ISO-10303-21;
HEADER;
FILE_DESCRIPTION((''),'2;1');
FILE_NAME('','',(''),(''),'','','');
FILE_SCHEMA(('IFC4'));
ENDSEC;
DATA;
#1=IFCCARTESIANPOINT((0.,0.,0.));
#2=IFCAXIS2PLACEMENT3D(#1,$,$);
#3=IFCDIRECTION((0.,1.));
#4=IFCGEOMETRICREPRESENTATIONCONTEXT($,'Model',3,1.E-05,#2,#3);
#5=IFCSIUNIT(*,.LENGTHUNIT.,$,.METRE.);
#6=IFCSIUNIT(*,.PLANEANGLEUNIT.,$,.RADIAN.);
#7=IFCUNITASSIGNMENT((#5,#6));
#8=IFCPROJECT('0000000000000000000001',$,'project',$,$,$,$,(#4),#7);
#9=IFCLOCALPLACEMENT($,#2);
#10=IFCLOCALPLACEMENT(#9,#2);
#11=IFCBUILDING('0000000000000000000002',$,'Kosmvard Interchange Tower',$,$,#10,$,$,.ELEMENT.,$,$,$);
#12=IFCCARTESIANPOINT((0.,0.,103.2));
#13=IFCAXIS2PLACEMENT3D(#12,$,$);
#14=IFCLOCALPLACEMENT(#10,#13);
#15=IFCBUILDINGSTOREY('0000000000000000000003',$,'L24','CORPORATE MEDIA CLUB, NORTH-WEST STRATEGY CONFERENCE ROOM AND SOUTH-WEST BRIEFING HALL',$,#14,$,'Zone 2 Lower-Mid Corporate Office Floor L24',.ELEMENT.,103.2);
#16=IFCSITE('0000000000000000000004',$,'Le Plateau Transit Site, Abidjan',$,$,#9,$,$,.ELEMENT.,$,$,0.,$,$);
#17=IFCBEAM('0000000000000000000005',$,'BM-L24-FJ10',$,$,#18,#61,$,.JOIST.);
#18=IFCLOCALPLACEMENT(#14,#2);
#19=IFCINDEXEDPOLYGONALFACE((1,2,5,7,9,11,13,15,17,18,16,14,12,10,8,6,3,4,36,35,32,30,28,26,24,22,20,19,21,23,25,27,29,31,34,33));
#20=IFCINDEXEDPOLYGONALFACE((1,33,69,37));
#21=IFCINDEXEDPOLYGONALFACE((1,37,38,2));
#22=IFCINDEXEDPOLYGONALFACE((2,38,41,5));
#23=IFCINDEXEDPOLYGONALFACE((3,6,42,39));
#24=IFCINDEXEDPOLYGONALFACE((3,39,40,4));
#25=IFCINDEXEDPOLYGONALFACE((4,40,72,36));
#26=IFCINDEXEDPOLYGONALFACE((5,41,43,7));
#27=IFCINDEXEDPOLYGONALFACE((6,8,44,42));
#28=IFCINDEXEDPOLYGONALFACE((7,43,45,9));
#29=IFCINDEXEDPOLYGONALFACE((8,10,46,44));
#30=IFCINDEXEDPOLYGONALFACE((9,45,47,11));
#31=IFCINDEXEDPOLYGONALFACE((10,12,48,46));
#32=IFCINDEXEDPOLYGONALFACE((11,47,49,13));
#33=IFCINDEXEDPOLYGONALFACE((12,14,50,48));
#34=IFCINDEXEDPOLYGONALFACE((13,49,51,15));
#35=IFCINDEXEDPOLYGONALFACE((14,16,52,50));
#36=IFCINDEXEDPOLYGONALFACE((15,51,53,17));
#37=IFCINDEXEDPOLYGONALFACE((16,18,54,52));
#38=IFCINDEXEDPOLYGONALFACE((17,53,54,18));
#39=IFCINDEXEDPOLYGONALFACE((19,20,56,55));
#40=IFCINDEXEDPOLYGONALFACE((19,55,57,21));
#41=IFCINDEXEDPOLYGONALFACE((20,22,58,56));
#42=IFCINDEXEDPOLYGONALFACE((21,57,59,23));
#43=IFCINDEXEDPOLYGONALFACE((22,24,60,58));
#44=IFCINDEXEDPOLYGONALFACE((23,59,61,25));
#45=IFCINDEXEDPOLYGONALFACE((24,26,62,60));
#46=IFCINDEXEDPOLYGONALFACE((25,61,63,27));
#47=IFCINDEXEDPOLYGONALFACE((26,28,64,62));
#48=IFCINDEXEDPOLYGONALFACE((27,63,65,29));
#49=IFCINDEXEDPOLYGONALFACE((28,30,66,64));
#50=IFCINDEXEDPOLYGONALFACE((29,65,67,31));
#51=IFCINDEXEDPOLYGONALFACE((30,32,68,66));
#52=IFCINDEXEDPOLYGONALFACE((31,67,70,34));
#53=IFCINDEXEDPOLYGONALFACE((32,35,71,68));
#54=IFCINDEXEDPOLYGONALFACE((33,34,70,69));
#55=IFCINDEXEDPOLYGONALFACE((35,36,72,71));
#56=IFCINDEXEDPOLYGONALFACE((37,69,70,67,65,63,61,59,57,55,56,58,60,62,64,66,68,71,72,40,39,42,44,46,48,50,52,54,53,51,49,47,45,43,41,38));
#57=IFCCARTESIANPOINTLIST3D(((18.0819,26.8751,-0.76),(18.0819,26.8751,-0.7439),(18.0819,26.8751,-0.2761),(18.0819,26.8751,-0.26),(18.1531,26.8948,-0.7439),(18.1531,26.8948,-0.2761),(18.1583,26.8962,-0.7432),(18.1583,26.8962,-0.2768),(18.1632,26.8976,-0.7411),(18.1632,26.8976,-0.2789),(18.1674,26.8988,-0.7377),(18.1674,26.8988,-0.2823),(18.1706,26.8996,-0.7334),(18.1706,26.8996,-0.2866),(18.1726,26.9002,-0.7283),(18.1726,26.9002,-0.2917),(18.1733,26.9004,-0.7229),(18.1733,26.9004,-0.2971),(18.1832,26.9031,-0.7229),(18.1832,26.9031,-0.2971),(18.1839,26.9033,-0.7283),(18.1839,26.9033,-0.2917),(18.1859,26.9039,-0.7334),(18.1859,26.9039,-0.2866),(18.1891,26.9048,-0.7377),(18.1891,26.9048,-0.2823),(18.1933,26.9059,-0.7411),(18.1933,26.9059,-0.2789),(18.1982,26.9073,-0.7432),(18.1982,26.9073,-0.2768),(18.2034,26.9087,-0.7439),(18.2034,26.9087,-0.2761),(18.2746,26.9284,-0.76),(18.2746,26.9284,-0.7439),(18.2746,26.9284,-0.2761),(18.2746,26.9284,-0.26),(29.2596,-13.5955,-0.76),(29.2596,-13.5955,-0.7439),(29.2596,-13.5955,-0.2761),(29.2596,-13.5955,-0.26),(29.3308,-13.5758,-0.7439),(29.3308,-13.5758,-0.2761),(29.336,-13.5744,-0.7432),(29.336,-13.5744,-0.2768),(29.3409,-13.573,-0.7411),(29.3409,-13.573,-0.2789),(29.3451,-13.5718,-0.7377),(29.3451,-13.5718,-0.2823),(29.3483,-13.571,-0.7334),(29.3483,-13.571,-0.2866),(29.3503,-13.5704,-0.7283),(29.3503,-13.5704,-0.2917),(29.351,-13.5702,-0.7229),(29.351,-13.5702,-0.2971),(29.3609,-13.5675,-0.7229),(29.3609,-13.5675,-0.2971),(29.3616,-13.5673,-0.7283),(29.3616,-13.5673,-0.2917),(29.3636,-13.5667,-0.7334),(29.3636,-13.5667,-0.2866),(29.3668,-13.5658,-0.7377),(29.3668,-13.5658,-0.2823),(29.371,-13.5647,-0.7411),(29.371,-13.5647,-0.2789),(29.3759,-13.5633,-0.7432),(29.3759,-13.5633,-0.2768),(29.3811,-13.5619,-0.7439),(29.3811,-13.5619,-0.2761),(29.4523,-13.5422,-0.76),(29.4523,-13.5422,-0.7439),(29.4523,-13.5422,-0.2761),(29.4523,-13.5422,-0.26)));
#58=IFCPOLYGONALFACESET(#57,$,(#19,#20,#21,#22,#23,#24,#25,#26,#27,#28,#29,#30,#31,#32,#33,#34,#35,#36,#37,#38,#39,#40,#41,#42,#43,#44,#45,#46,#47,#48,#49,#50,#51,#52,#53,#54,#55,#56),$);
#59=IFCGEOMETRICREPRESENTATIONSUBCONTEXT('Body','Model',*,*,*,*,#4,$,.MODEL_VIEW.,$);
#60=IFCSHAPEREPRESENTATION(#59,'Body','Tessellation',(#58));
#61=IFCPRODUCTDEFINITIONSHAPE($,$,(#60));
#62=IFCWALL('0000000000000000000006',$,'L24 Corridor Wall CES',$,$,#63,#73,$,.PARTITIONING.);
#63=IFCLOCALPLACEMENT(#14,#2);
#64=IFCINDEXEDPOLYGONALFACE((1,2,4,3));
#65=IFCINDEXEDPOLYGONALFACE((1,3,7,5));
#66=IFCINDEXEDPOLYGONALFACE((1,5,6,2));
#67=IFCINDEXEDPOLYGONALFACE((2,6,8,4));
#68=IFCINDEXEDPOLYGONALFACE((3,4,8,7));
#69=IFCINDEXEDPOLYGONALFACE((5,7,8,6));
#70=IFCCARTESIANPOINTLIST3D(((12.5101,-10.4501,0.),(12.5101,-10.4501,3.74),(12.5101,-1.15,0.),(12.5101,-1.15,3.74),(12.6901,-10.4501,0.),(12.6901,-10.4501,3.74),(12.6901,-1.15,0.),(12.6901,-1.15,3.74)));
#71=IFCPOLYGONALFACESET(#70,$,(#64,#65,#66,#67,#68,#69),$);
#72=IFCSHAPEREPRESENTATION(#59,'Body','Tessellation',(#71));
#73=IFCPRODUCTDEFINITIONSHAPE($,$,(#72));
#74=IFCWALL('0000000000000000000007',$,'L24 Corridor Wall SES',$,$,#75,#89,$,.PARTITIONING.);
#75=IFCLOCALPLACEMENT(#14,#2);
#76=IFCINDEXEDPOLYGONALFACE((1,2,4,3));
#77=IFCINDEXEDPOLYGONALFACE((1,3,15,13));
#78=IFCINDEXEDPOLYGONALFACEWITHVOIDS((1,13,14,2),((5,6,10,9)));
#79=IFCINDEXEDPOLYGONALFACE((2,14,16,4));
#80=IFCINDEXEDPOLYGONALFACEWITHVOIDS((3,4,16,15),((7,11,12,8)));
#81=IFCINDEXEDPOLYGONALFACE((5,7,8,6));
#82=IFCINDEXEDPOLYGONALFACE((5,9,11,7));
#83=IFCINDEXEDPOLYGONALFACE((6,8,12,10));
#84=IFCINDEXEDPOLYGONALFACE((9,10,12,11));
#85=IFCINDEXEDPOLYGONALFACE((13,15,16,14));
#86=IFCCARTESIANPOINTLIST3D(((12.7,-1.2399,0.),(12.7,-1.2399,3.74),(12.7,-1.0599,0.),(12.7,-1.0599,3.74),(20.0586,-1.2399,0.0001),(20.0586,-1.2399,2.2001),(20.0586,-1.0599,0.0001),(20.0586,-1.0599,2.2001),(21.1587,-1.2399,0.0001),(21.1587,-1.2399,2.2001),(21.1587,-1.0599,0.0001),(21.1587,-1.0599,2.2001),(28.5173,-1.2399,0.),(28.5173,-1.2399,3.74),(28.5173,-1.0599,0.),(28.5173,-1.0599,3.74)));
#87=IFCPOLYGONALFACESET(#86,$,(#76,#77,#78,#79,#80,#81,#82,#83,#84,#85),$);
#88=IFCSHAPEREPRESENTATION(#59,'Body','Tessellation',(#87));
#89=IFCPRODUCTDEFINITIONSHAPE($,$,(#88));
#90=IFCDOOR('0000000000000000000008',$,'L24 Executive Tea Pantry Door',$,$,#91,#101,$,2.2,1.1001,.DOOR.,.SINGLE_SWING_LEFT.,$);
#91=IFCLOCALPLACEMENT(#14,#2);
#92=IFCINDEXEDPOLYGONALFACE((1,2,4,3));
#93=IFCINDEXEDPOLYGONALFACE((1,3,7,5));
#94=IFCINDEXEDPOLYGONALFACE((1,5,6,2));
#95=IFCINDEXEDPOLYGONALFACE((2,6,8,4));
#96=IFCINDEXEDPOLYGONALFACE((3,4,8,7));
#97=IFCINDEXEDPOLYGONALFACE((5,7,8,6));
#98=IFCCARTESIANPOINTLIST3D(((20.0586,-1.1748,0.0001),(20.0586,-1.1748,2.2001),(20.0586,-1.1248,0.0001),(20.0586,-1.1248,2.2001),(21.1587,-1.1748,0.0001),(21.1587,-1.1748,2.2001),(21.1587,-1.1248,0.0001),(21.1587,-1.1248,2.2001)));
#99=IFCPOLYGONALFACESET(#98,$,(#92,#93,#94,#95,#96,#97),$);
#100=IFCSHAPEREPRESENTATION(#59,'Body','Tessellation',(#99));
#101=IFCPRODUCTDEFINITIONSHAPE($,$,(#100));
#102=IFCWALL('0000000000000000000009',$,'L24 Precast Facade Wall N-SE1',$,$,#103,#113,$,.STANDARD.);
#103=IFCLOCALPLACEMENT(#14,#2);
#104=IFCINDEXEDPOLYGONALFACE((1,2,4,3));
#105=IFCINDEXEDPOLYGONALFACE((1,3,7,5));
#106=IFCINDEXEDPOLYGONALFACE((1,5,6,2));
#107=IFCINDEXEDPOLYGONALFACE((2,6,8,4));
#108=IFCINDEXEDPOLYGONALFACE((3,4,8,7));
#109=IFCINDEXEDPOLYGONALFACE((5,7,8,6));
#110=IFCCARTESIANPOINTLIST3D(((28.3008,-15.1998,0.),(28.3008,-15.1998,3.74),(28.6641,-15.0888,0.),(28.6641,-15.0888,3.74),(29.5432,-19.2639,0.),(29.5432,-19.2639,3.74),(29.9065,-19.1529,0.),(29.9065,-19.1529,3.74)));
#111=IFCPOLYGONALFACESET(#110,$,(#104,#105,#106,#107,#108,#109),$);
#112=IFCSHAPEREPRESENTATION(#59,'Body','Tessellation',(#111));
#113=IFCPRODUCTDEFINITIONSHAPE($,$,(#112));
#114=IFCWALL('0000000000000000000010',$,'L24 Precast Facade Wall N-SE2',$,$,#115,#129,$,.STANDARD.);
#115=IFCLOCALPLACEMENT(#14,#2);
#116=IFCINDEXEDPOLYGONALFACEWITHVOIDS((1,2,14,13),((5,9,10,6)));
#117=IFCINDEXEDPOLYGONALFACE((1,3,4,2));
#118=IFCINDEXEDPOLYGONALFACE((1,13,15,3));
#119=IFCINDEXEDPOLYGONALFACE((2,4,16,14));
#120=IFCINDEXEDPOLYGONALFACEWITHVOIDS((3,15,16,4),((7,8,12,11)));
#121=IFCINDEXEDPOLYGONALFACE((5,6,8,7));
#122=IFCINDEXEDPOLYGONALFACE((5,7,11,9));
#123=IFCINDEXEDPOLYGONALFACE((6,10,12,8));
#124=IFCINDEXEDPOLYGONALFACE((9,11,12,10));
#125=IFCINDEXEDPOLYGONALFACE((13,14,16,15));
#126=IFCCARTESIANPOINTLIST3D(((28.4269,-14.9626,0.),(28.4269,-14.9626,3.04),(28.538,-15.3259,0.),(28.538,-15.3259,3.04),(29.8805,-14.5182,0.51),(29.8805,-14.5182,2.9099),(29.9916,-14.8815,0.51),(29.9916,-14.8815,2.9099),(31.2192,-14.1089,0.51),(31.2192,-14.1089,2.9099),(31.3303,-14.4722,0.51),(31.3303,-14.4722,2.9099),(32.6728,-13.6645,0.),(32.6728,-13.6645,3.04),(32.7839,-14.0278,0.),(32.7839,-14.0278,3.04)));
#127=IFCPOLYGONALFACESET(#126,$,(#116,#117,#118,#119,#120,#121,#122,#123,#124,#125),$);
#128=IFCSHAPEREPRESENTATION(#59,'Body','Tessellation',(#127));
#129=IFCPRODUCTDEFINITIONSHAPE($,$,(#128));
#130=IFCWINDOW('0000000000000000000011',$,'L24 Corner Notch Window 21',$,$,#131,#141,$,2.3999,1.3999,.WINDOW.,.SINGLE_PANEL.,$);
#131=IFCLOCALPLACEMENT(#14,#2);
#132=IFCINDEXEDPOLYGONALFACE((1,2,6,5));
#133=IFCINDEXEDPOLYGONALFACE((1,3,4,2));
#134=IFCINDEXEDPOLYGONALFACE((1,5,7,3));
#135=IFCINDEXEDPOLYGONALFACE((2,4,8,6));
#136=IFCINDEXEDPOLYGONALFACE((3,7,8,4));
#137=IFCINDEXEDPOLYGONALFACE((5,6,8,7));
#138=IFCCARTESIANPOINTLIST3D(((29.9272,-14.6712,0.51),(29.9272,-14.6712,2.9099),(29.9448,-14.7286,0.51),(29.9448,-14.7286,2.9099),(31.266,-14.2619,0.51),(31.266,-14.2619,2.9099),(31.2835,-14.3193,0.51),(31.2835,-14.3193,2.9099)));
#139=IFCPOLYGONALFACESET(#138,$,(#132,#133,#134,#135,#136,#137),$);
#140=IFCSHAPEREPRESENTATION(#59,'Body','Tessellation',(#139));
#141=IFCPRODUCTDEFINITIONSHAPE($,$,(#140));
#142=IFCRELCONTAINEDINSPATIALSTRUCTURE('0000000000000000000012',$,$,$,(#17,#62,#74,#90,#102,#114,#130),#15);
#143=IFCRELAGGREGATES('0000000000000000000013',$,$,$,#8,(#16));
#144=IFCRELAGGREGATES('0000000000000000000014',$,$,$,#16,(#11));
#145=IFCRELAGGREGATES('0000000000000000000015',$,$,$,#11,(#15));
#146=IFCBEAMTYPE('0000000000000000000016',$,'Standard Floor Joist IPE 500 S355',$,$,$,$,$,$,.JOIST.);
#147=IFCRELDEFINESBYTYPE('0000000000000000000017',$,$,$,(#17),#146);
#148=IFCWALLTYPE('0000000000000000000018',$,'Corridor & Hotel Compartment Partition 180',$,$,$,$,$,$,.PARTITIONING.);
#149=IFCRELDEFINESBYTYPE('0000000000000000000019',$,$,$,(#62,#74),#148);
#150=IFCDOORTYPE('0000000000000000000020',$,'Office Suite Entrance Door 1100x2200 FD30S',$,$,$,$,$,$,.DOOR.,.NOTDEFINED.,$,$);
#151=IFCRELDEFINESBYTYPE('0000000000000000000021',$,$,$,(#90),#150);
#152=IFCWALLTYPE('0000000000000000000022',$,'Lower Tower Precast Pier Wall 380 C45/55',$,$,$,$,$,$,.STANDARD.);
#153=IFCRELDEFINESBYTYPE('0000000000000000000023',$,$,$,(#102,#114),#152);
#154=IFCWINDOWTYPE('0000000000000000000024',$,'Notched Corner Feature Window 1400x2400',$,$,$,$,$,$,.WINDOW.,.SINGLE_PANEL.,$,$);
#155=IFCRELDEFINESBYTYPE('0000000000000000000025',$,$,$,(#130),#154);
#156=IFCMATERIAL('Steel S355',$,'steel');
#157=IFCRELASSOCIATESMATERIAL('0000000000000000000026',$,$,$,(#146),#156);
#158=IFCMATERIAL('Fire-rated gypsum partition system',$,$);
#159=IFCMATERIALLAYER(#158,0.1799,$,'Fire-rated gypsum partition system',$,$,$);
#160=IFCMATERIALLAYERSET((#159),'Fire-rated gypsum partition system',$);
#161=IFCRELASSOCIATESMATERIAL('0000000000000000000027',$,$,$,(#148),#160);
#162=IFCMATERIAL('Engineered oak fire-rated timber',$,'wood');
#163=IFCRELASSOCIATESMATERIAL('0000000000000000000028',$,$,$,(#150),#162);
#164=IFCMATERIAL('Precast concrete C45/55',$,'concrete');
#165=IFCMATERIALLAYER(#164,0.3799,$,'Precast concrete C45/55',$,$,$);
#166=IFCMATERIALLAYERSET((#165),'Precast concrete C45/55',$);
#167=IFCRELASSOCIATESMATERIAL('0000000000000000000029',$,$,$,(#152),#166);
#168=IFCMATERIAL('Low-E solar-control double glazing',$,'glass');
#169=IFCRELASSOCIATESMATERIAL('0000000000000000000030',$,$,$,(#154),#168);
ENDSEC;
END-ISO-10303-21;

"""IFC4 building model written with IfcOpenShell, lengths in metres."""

from ifc_helpers import new_model, si_unit, direction, frame, frame_2d, origin, origin_2d, place, context, subcontext, project, spatial, rectangle, i_section, extrude, source, transform, mapped, material, layer, layer_set, material_profile, profile_set, type_object, element, fill, save


model = new_model("IFC4")

# Units and contexts
model_context = context("Model", 3, precision=1e-05, world=origin(), true_north=direction((0.0, 1.0)))
body_context = subcontext(model_context, "Body", "Model", "MODEL_VIEW")
ifc_project = project(units=[si_unit("LENGTHUNIT", "METRE"), si_unit("PLANEANGLEUNIT", "RADIAN")], contexts=[model_context])

# Site, building, storey
site_placement = place(None, origin())
site = spatial("IfcSite", under=ifc_project, at=site_placement, Name="Le Plateau Transit Site, Abidjan", CompositionType="ELEMENT", RefElevation=0.0)
building_placement = place(site_placement, origin())
building = spatial("IfcBuilding", under=site, at=building_placement, Name="Kosmvard Interchange Tower", CompositionType="ELEMENT")
storey_placement = place(building_placement, frame((0.0, 0.0, 103.2)))
storey = spatial("IfcBuildingStorey", under=building, at=storey_placement, Name="L24", Description="CORPORATE MEDIA CLUB, NORTH-WEST STRATEGY CONFERENCE ROOM AND SOUTH-WEST BRIEFING HALL", LongName="Zone 2 Lower-Mid Corporate Office Floor L24", CompositionType="ELEMENT", Elevation=103.2)

# Beam
ifc_material_1 = material(Name="Steel S355", Category="steel")
ifc_material_2 = material(Name="Precast concrete C45/55", Category="concrete")
ifc_material_profile_1 = material_profile(ifc_material_1, i_section(OverallWidth=0.2, OverallDepth=0.5, WebThickness=0.0103, FlangeThickness=0.0161, FilletRadius=0.021, at=origin_2d()), Name="IPE 500")
ifc_profile_set_1 = profile_set([ifc_material_profile_1], Name="Steel S355")
beam_type_1 = type_object("IfcBeamType", Name="Standard Floor Joist IPE 500 S355", PredefinedType="JOIST", material=ifc_profile_set_1)
shared_shape_1 = source(origin(), body_context, "Body", "SweptSolid", [
    extrude(i_section(OverallWidth=0.2, OverallDepth=0.5, WebThickness=0.0103, FlangeThickness=0.0161, FilletRadius=0.021, at=origin_2d()), origin(), (0.0, 0.0, 1.0), 41.9858),
])
beam_1_placement = place(storey_placement, frame((29.356, -13.5688, -0.51), z_axis=(-0.266226, 0.963911, 0.0), x_axis=(-0.963911, -0.266226, 0.0)))
element("IfcBeam", 1, at=beam_1_placement, inside=storey, type_object=beam_type_1, Name="BM-L24-FJ10", PredefinedType="JOIST", context=body_context, shape_type="MappedRepresentation", body=[
    mapped(shared_shape_1, transform((0.0, 0.0, 0.0), scale=1.0)),
])

# Wall
ifc_material_3 = material(Name="Fire-rated gypsum partition system")
ifc_layer_1 = layer(ifc_material_3, 0.1799, Name="Fire-rated gypsum partition system")
ifc_layer_set_1 = layer_set([ifc_layer_1], Name="Fire-rated gypsum partition system")
wall_type_1 = type_object("IfcWallType", Name="Corridor & Hotel Compartment Partition 180", PredefinedType="PARTITIONING", material=ifc_layer_set_1)
wall_1_placement = place(storey_placement, frame((12.6001, -10.45, 0.0), z_axis=(0.0, 0.0, 1.0), x_axis=(0.0, 1.0, 0.0)))
element("IfcWall", 2, at=wall_1_placement, inside=storey, type_object=wall_type_1, Name="L24 Corridor Wall CES", PredefinedType="PARTITIONING", context=body_context, shape_type="SweptSolid", body=[
    extrude(rectangle(XDim=9.3, YDim=0.1799, at=frame_2d((4.6499, 0.0))), origin(), (0.0, 0.0, 1.0), 3.74),
])

# Wall, opening, door
wall_2_placement = place(storey_placement, frame((12.7, -1.1499, 0.0), z_axis=(0.0, 0.0, 1.0), x_axis=(1.0, 0.0, 0.0)))
wall_2 = element("IfcWall", 3, at=wall_2_placement, inside=storey, type_object=wall_type_1, Name="L24 Corridor Wall SES", PredefinedType="PARTITIONING", context=body_context, shape_type="SweptSolid", body=[
    extrude(rectangle(XDim=15.8174, YDim=0.1799, at=frame_2d((7.9087, 0.0))), origin(), (0.0, 0.0, 1.0), 3.74),
])
opening_1_placement = place(wall_2_placement, frame((7.3586, 0.0, 0.0)))
opening_1 = element("IfcOpeningElement", 4, at=opening_1_placement, cuts=wall_2, PredefinedType="OPENING", context=body_context, shape_type="SweptSolid", body=[
    extrude(rectangle(XDim=1.1001, YDim=2.2, at=frame_2d((0.55, 1.1001))), frame((0.0, 0.1001, 0.0), z_axis=(0.0, -1.0, 0.0), x_axis=(1.0, 0.0, 0.0)), (0.0, 0.0, 1.0), 0.2),
])
ifc_material_4 = material(Name="Engineered oak fire-rated timber", Category="wood")
door_type = type_object("IfcDoorType", Name="Office Suite Entrance Door 1100x2200 FD30S", OperationType="NOTDEFINED", PredefinedType="DOOR", material=ifc_material_4)
shared_shape_2 = source(origin(), body_context, "Body", "SweptSolid", [
    extrude(rectangle(XDim=1.1001, YDim=2.2, at=frame_2d((0.55, 1.1001))), frame((0.0, 0.0249, 0.0), z_axis=(0.0, -1.0, 0.0), x_axis=(1.0, 0.0, 0.0)), (0.0, 0.0, 1.0), 0.05),
])
door_placement = place(opening_1_placement, frame((1.1001, 0.0, 0.0), z_axis=(0.0, 0.0, 1.0), x_axis=(-1.0, 0.0, 0.0)))
door = element("IfcDoor", 5, at=door_placement, inside=storey, type_object=door_type, Name="L24 Executive Tea Pantry Door", OperationType="SINGLE_SWING_LEFT", OverallHeight=2.2, OverallWidth=1.1001, PredefinedType="DOOR", context=body_context, shape_type="MappedRepresentation", body=[
    mapped(shared_shape_2, transform((0.0, 0.0, 0.0), scale=1.0)),
])
fill(opening_1, door)

# Wall
ifc_layer_2 = layer(ifc_material_2, 0.3799, Name="Precast concrete C45/55")
ifc_layer_set_2 = layer_set([ifc_layer_2], Name="Precast concrete C45/55")
wall_type_2 = type_object("IfcWallType", Name="Lower Tower Precast Pier Wall 380 C45/55", PredefinedType="STANDARD", material=ifc_layer_set_2)
wall_3_placement = place(storey_placement, frame((29.7249, -19.2085, 0.0), z_axis=(0.0, 0.0, 1.0), x_axis=(-0.292346, 0.956313, 0.0)))
element("IfcWall", 6, at=wall_3_placement, inside=storey, type_object=wall_type_2, Name="L24 Precast Facade Wall N-SE1", PredefinedType="STANDARD", context=body_context, shape_type="SweptSolid", body=[
    extrude(rectangle(XDim=4.2498, YDim=0.3799, at=frame_2d((2.125, 0.0))), origin(), (0.0, 0.0, 1.0), 3.74),
])

# Wall, opening, window
wall_4_placement = place(storey_placement, frame((28.4824, -15.1443, 0.0), z_axis=(0.0, 0.0, 1.0), x_axis=(0.956304, 0.292374, 0.0)))
wall_4 = element("IfcWall", 7, at=wall_4_placement, inside=storey, type_object=wall_type_2, Name="L24 Precast Facade Wall N-SE2", PredefinedType="STANDARD", context=body_context, shape_type="SweptSolid", body=[
    extrude(rectangle(XDim=4.4399, YDim=0.3799, at=frame_2d((2.22, 0.0))), origin(), (0.0, 0.0, 1.0), 3.04),
])
opening_2_placement = place(wall_4_placement, frame((1.52, 0.0, 0.51)))
opening_2 = element("IfcOpeningElement", 8, at=opening_2_placement, cuts=wall_4, PredefinedType="OPENING", context=body_context, shape_type="SweptSolid", body=[
    extrude(rectangle(XDim=1.3999, YDim=2.3999, at=frame_2d((0.7, 1.2))), frame((0.0, 0.2, 0.0), z_axis=(0.0, -1.0, 0.0), x_axis=(1.0, 0.0, 0.0)), (0.0, 0.0, 1.0), 0.3999),
])
ifc_material_5 = material(Name="Low-E solar-control double glazing", Category="glass")
window_type_1 = type_object("IfcWindowType", Name="Notched Corner Feature Window 1400x2400", PartitioningType="SINGLE_PANEL", PredefinedType="WINDOW", material=ifc_material_5)
shared_shape_3 = source(origin(), body_context, "Body", "SweptSolid", [
    extrude(rectangle(XDim=1.3999, YDim=2.3999, at=frame_2d((0.7, 1.2))), frame((0.0, 0.03, 0.0), z_axis=(0.0, -1.0, 0.0), x_axis=(1.0, 0.0, 0.0)), (0.0, 0.0, 1.0), 0.0601),
])
window_1_placement = place(opening_2_placement, origin())
window_1 = element("IfcWindow", 9, at=window_1_placement, inside=storey, type_object=window_type_1, Name="L24 Corner Notch Window 21", OverallHeight=2.3999, OverallWidth=1.3999, PartitioningType="SINGLE_PANEL", PredefinedType="WINDOW", context=body_context, shape_type="MappedRepresentation", body=[
    mapped(shared_shape_3, transform((0.0, 0.0, 0.0), scale=1.0)),
])
fill(opening_2, window_1)

save(model, "model.ifc")
